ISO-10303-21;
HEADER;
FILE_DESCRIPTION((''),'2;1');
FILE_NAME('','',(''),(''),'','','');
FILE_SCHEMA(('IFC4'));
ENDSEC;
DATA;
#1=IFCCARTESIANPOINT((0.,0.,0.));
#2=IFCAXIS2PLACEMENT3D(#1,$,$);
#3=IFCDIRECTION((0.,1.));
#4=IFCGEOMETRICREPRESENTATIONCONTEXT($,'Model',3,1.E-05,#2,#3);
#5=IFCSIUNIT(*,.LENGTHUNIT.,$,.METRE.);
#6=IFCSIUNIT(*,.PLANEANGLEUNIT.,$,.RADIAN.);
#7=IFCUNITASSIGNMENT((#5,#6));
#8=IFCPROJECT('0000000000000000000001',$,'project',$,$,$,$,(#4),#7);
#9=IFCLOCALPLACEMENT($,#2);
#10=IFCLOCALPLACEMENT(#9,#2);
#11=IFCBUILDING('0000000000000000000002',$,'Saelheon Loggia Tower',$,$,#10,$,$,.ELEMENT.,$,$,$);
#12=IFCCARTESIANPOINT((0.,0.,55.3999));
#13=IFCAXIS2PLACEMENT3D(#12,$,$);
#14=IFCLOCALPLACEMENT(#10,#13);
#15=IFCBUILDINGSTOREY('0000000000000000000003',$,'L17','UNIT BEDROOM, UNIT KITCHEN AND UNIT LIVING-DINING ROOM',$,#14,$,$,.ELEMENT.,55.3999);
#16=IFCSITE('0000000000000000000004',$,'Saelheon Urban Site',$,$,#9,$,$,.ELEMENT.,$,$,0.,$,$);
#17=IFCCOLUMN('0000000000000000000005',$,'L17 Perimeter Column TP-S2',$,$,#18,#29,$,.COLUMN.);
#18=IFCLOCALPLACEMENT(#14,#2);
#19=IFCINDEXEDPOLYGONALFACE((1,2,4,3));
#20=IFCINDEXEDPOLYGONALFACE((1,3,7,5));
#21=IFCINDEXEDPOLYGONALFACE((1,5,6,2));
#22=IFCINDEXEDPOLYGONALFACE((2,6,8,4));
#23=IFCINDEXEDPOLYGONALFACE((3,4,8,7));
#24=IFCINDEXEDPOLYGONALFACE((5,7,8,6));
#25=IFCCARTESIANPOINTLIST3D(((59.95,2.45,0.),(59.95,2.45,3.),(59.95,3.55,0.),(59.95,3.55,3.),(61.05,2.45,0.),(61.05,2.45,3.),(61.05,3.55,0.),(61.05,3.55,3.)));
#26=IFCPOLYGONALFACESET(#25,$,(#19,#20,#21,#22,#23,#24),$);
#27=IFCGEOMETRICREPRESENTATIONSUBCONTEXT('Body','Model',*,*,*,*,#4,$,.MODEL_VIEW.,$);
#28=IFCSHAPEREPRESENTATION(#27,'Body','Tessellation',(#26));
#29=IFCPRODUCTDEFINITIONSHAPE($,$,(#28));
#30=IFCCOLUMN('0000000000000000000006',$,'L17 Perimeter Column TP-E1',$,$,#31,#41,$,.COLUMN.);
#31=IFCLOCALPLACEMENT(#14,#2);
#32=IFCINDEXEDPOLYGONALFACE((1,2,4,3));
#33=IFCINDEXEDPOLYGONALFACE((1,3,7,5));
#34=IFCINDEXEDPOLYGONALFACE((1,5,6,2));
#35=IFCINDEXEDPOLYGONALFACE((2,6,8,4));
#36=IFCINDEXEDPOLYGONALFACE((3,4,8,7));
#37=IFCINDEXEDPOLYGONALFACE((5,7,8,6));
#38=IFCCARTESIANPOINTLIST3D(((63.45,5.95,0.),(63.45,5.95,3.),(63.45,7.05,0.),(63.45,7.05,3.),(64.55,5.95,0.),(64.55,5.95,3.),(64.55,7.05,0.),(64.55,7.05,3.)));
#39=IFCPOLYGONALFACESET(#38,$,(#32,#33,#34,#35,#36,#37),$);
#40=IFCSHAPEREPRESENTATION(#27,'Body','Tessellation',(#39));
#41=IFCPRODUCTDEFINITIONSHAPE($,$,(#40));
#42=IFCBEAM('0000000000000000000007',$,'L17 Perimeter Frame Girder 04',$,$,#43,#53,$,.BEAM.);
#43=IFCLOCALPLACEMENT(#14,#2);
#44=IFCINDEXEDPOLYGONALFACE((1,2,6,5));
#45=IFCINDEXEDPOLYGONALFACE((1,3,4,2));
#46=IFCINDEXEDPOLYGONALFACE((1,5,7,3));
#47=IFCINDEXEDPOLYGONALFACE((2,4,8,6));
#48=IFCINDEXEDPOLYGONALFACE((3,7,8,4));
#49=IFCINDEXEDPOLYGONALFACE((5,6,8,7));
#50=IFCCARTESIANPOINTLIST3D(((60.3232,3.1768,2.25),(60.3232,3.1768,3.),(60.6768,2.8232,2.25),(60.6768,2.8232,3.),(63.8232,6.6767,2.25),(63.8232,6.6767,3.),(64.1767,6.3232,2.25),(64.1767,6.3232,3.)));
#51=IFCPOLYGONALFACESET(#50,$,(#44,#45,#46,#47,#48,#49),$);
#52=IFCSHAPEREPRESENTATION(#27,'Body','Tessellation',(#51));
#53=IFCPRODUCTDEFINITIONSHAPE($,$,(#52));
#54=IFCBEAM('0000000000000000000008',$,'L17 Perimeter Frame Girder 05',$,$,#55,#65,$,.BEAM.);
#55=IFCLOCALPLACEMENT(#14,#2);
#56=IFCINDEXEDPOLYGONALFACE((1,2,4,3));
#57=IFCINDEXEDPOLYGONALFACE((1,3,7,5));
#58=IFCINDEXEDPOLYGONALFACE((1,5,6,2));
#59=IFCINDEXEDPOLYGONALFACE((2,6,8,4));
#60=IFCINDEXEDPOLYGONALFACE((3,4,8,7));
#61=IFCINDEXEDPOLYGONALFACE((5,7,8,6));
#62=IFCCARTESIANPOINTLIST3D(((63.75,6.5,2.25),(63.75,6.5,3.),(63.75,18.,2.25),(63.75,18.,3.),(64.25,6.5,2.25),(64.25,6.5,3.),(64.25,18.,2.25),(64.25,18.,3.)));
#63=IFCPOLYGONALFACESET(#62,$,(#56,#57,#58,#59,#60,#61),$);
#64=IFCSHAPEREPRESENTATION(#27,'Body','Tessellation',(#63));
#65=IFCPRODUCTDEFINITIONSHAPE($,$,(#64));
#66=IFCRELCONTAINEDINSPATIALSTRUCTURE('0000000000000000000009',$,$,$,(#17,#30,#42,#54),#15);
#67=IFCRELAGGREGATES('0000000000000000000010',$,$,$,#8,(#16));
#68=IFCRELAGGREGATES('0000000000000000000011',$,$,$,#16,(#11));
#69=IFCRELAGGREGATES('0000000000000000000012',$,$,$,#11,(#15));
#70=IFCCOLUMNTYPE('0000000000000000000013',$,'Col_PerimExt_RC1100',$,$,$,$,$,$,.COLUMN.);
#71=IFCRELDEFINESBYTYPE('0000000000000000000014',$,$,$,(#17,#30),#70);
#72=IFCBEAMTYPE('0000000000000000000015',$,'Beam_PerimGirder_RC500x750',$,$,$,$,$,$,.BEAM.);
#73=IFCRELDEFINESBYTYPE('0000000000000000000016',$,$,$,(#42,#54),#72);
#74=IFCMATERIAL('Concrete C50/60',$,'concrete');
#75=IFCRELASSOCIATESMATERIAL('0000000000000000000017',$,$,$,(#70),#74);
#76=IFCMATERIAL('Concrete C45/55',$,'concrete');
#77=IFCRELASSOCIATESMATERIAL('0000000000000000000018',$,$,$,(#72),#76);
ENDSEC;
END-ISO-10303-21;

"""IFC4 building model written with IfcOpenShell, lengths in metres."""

from ifc_helpers import new_model, si_unit, direction, frame, origin, origin_2d, place, context, subcontext, project, spatial, rectangle, extrude, source, transform, mapped, material, material_profile, profile_set, type_object, element, save


model = new_model("IFC4")

# Units and contexts
model_context = context("Model", 3, precision=1e-05, world=origin(), true_north=direction((0.0, 1.0)))
body_context = subcontext(model_context, "Body", "Model", "MODEL_VIEW")
ifc_project = project(units=[si_unit("LENGTHUNIT", "METRE"), si_unit("PLANEANGLEUNIT", "RADIAN")], contexts=[model_context])

# Site, building, storey
site_placement = place(None, origin())
site = spatial("IfcSite", under=ifc_project, at=site_placement, Name="Saelheon Urban Site", CompositionType="ELEMENT", RefElevation=0.0)
building_placement = place(site_placement, origin())
building = spatial("IfcBuilding", under=site, at=building_placement, Name="Saelheon Loggia Tower", CompositionType="ELEMENT")
storey_placement = place(building_placement, frame((0.0, 0.0, 55.3999)))
storey = spatial("IfcBuildingStorey", under=building, at=storey_placement, Name="L17", Description="UNIT BEDROOM, UNIT KITCHEN AND UNIT LIVING-DINING ROOM", CompositionType="ELEMENT", Elevation=55.3999)

# Columns
ifc_material_1 = material(Name="Concrete C50/60", Category="concrete")
ifc_material_profile_1 = material_profile(ifc_material_1, rectangle(XDim=1.1001, YDim=1.1001, at=origin_2d()), Name="RC-1100x1100")
ifc_profile_set_1 = profile_set([ifc_material_profile_1], Name="Concrete C50/60")
column_type = type_object("IfcColumnType", Name="Col_PerimExt_RC1100", PredefinedType="COLUMN", material=ifc_profile_set_1)
shared_shape_1 = source(origin(), body_context, "Body", "SweptSolid", [
    extrude(rectangle(XDim=1.1001, YDim=1.1001, at=origin_2d()), origin(), (0.0, 0.0, 1.0), 3.0),
])
for number, where, z_axis, x_axis, name in (
    (1, (60.5, 3.0, 0.0), (0.0, 0.0, 1.0), (1.0, 0.0, 0.0), "L17 Perimeter Column TP-S2"),
    (2, (64.0, 6.5, 0.0), (0.0, 0.0, 1.0), (1.0, 0.0, 0.0), "L17 Perimeter Column TP-E1"),
):
    element("IfcColumn", number, at=place(storey_placement, frame(where, z_axis=z_axis, x_axis=x_axis)), inside=storey, type_object=column_type, Name=name, PredefinedType="COLUMN", context=body_context, shape_type="MappedRepresentation", body=[
        mapped(shared_shape_1, transform((0.0, 0.0, 0.0), scale=1.0)),
    ])

# Beams
ifc_material_2 = material(Name="Concrete C45/55", Category="concrete")
ifc_material_profile_2 = material_profile(ifc_material_2, rectangle(XDim=0.5, YDim=0.75, at=origin_2d()), Name="RC-500x750")
ifc_profile_set_2 = profile_set([ifc_material_profile_2], Name="Concrete C45/55")
beam_type = type_object("IfcBeamType", Name="Beam_PerimGirder_RC500x750", PredefinedType="BEAM", material=ifc_profile_set_2)
shared_shape_2 = source(origin(), body_context, "Body", "SweptSolid", [
    extrude(rectangle(XDim=0.5, YDim=0.75, at=origin_2d()), origin(), (0.0, 0.0, 1.0), 4.9497),
])
beam_1_placement = place(storey_placement, frame((60.5, 3.0, 2.625), z_axis=(0.707107, 0.707107, 0.0), x_axis=(-0.707107, 0.707107, 0.0)))
element("IfcBeam", 3, at=beam_1_placement, inside=storey, type_object=beam_type, Name="L17 Perimeter Frame Girder 04", PredefinedType="BEAM", context=body_context, shape_type="MappedRepresentation", body=[
    mapped(shared_shape_2, transform((0.0, 0.0, 0.0), scale=1.0)),
])
shared_shape_3 = source(origin(), body_context, "Body", "SweptSolid", [
    extrude(rectangle(XDim=0.5, YDim=0.75, at=origin_2d()), origin(), (0.0, 0.0, 1.0), 11.5),
])
beam_2_placement = place(storey_placement, frame((64.0, 6.5, 2.625), z_axis=(0.0, 1.0, 0.0), x_axis=(-1.0, 0.0, 0.0)))
element("IfcBeam", 4, at=beam_2_placement, inside=storey, type_object=beam_type, Name="L17 Perimeter Frame Girder 05", PredefinedType="BEAM", context=body_context, shape_type="MappedRepresentation", body=[
    mapped(shared_shape_3, transform((0.0, 0.0, 0.0), scale=1.0)),
])

save(model, "model.ifc")
